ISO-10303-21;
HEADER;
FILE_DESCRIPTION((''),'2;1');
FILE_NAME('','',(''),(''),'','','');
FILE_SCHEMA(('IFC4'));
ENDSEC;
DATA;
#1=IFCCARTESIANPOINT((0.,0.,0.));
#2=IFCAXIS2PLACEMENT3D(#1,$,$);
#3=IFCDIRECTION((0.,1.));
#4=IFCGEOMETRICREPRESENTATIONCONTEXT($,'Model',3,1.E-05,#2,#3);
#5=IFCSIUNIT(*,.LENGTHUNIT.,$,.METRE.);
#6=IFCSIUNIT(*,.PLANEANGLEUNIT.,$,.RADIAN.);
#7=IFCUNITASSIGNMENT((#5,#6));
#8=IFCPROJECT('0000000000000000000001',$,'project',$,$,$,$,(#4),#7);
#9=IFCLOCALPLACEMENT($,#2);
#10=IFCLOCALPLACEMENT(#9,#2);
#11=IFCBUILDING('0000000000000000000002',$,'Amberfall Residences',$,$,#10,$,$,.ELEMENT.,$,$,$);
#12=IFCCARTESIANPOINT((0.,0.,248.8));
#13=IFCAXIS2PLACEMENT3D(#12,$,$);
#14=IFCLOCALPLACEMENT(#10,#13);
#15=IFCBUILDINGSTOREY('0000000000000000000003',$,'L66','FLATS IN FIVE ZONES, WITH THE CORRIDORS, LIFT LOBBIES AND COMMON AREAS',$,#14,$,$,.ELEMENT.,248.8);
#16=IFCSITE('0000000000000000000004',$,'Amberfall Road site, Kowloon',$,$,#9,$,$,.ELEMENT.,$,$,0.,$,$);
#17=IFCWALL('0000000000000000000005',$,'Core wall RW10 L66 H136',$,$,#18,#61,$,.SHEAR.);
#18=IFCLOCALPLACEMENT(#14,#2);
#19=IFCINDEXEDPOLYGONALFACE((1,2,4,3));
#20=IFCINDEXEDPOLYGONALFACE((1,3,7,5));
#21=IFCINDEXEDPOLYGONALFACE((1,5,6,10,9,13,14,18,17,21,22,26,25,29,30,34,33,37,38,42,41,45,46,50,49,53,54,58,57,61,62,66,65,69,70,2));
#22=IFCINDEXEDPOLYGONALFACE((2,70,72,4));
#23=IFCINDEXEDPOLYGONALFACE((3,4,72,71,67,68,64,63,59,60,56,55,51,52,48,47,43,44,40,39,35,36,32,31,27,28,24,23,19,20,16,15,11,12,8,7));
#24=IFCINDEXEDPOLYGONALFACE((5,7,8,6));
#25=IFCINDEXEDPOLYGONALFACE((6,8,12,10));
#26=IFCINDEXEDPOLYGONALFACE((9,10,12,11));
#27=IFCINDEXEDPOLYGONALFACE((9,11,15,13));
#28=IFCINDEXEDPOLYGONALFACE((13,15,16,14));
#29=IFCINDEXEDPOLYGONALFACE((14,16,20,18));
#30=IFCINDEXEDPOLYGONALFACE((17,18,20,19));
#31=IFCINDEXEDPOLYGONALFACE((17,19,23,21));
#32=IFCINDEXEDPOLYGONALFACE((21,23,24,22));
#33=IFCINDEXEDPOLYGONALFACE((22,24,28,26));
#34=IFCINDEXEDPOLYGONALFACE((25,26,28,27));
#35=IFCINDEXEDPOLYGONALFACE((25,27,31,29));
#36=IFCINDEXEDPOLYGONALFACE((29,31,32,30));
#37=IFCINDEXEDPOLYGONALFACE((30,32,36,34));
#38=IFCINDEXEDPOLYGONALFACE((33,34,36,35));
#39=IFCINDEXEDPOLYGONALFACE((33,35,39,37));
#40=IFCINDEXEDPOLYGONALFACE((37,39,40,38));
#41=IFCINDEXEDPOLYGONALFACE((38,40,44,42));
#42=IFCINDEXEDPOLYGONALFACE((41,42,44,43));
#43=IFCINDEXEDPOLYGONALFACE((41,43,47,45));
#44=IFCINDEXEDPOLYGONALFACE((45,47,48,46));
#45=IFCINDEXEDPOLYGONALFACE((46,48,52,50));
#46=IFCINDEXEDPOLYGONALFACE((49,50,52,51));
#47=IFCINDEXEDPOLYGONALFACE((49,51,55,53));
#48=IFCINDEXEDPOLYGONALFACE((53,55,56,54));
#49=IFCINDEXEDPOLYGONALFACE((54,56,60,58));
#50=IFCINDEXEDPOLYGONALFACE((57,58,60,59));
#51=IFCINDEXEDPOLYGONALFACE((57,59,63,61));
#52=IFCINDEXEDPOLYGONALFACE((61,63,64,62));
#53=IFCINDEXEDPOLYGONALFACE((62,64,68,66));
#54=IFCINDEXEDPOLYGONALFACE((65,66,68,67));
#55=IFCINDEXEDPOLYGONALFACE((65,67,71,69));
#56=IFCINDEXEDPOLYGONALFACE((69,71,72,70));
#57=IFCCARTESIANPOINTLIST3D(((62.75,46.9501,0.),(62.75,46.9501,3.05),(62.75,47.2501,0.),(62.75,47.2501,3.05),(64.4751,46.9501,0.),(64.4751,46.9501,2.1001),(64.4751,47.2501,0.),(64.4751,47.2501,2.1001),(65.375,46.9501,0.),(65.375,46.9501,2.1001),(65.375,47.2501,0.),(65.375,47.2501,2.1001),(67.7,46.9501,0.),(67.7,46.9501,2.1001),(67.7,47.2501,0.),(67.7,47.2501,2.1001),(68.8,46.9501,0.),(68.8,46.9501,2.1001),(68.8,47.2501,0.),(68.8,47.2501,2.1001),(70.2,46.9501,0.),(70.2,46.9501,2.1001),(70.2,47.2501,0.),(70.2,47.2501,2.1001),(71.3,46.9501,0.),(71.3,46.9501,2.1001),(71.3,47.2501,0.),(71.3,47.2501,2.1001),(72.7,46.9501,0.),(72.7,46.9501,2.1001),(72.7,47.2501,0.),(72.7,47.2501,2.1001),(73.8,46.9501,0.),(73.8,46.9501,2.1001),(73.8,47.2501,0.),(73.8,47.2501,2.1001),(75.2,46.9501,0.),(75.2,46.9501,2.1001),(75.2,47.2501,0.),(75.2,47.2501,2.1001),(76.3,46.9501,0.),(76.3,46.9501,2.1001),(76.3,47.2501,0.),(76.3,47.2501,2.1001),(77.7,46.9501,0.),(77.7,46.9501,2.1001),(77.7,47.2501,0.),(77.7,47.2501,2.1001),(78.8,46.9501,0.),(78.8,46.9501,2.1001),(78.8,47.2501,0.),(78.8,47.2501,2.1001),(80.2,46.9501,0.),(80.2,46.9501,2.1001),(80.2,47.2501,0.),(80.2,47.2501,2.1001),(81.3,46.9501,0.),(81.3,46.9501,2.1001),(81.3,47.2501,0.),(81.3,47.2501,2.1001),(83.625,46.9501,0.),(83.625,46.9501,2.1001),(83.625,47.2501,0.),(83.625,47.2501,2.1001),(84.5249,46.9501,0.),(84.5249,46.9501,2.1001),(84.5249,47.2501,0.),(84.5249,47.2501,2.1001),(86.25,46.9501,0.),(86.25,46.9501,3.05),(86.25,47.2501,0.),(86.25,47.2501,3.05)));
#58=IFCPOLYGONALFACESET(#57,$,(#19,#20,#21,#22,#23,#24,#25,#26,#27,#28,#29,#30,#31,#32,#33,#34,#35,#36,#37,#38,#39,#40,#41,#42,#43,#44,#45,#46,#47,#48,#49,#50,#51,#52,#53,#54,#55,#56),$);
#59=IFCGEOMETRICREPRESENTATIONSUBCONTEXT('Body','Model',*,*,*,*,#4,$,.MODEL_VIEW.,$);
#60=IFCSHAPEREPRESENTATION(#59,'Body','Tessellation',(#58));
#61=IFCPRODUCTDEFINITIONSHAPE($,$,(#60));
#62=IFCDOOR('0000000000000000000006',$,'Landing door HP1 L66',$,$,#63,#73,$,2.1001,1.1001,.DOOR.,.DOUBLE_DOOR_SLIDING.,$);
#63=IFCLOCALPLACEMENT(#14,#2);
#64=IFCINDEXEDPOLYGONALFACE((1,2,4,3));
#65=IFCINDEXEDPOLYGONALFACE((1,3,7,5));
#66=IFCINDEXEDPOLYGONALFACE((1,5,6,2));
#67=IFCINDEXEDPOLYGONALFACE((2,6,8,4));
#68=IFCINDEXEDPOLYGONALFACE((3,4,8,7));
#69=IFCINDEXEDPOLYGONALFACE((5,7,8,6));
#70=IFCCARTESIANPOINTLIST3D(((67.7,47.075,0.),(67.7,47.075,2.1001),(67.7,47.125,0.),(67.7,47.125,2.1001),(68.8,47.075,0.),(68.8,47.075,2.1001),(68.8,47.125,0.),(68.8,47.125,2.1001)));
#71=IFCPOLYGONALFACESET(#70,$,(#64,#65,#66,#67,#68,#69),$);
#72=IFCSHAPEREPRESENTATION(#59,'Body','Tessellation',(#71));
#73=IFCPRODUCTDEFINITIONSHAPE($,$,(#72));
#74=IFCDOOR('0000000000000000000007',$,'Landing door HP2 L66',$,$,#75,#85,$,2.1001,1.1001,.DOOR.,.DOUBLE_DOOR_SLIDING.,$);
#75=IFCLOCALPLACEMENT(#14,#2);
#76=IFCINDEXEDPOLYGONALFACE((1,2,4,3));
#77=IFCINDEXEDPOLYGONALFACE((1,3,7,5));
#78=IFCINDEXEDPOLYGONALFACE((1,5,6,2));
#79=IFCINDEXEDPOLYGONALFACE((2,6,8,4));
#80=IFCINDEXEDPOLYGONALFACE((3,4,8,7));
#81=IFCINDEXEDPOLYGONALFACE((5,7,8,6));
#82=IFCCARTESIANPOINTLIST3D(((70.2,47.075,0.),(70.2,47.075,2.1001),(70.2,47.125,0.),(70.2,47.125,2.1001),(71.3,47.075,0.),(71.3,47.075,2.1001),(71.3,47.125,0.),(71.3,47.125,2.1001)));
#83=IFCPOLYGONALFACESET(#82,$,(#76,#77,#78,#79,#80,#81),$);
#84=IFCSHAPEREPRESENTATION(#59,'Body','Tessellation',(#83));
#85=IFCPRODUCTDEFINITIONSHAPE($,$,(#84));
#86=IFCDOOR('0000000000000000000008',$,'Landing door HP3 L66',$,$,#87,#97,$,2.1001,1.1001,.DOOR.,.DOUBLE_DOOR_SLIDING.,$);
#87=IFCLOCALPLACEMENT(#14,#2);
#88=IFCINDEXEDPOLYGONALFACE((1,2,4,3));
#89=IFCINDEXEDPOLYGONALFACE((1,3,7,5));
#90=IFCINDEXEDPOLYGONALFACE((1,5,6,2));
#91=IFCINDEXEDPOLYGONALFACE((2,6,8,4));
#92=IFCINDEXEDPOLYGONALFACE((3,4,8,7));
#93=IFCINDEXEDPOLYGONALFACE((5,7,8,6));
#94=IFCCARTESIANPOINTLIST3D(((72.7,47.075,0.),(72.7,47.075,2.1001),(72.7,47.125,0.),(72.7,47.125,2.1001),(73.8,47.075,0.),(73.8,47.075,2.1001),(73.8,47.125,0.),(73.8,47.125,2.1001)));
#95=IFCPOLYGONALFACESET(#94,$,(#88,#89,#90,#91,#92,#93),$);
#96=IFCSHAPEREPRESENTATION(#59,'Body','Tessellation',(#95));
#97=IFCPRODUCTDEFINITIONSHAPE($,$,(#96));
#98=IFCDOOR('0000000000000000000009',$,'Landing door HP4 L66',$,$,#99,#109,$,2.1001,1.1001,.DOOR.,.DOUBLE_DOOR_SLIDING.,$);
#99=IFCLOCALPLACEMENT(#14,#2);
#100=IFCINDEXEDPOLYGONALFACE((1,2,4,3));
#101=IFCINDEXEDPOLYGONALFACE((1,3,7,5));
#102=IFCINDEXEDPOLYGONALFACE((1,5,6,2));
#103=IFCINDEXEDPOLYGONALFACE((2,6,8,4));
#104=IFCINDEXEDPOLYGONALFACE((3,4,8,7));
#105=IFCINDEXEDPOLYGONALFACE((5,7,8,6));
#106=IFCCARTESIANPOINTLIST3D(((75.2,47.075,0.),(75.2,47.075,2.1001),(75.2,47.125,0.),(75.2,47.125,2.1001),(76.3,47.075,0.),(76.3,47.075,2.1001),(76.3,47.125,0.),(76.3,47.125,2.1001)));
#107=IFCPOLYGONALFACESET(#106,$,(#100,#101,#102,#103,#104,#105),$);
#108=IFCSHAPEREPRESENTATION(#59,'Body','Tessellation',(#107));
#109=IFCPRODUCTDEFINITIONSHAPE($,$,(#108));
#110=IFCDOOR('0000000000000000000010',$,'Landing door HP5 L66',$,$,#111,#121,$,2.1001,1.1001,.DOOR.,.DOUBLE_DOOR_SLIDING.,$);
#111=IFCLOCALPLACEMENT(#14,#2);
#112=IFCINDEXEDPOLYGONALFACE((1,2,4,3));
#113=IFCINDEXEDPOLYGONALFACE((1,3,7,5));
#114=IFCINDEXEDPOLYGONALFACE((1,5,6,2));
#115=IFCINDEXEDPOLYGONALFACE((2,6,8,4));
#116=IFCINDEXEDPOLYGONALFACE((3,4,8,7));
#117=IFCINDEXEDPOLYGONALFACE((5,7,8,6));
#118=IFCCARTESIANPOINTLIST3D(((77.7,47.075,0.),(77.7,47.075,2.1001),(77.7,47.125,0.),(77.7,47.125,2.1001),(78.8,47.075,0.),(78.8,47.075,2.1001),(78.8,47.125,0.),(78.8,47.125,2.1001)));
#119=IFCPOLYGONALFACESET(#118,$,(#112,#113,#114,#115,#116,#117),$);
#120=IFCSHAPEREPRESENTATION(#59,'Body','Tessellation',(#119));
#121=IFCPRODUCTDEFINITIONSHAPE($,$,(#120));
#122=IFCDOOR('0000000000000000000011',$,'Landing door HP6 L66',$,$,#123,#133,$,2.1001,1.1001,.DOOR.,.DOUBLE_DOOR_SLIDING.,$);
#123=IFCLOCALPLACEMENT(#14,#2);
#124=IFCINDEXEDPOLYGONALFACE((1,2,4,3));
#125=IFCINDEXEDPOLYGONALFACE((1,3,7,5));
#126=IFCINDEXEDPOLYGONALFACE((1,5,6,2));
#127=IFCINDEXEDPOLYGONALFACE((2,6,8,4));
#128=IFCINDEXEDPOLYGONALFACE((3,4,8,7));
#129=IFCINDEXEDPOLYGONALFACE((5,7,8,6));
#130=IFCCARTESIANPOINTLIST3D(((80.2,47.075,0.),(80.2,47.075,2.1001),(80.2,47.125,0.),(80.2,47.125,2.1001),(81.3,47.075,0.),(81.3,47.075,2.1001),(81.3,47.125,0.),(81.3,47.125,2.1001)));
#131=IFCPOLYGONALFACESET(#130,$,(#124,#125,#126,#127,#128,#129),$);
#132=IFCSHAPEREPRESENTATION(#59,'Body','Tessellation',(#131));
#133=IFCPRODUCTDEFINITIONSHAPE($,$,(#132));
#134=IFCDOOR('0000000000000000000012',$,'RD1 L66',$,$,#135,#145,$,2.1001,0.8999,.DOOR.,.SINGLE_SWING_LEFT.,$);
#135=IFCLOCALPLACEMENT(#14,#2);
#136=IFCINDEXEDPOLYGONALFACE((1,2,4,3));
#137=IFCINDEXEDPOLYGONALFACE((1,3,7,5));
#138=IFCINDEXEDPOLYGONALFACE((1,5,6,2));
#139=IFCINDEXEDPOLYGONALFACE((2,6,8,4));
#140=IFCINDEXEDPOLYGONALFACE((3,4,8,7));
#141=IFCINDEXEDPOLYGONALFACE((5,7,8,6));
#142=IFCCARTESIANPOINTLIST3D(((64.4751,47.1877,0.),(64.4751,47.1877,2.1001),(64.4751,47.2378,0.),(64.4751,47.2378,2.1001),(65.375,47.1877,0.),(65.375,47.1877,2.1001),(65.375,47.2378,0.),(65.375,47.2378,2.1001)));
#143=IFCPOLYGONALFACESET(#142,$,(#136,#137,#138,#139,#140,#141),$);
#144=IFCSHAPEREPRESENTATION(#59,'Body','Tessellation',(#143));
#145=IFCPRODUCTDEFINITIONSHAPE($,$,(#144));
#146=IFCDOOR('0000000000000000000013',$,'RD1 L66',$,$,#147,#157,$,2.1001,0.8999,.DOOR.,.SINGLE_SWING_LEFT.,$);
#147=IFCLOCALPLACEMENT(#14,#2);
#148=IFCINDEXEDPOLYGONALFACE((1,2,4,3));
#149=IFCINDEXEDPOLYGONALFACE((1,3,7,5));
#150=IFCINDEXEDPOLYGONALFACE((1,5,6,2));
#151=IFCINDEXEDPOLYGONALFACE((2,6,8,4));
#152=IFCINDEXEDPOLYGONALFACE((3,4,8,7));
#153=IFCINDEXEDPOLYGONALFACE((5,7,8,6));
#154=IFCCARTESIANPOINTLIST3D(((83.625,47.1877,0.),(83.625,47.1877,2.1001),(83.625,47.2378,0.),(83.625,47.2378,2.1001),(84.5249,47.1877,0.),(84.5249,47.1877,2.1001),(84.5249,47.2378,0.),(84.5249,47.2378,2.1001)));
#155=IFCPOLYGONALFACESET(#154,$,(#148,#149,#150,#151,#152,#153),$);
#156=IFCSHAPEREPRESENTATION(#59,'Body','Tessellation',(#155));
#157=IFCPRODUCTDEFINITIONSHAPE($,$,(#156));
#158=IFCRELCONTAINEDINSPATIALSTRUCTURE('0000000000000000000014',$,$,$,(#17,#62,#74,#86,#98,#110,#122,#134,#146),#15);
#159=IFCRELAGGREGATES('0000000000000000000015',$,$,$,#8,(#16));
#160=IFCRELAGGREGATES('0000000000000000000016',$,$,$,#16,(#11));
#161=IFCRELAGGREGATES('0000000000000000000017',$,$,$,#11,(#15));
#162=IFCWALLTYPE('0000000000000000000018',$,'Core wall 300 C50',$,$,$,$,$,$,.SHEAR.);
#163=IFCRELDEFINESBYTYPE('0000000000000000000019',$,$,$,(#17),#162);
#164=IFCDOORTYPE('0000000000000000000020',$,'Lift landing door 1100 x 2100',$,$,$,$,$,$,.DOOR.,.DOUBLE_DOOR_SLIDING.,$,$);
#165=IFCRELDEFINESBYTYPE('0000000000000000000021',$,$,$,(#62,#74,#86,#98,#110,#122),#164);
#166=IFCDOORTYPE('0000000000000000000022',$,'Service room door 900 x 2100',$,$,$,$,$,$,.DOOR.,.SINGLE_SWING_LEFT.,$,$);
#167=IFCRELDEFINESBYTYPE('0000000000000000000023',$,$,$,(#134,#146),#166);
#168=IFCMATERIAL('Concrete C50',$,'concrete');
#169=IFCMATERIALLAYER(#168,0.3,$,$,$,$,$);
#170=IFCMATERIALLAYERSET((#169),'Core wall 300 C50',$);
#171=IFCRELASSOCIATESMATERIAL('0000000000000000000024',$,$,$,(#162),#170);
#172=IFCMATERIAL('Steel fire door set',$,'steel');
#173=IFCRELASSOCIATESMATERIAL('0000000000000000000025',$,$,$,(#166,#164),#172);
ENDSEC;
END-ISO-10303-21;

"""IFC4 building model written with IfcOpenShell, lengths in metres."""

from ifc_helpers import new_model, si_unit, direction, frame, frame_2d, origin, place, context, subcontext, project, spatial, rectangle, extrude, material, layer, layer_set, type_object, element, fill, save


model = new_model("IFC4")

# Units and contexts
model_context = context("Model", 3, precision=1e-05, world=origin(), true_north=direction((0.0, 1.0)))
body_context = subcontext(model_context, "Body", "Model", "MODEL_VIEW")
ifc_project = project(units=[si_unit("LENGTHUNIT", "METRE"), si_unit("PLANEANGLEUNIT", "RADIAN")], contexts=[model_context])

# Site, building, storey
site_placement = place(None, origin())
site = spatial("IfcSite", under=ifc_project, at=site_placement, Name="Amberfall Road site, Kowloon", CompositionType="ELEMENT", RefElevation=0.0)
building_placement = place(site_placement, origin())
building = spatial("IfcBuilding", under=site, at=building_placement, Name="Amberfall Residences", CompositionType="ELEMENT")
storey_placement = place(building_placement, frame((0.0, 0.0, 248.8)))
storey = spatial("IfcBuildingStorey", under=building, at=storey_placement, Name="L66", Description="FLATS IN FIVE ZONES, WITH THE CORRIDORS, LIFT LOBBIES AND COMMON AREAS", CompositionType="ELEMENT", Elevation=248.8)

# Wall, openings, doors
ifc_material_1 = material(Name="Concrete C50", Category="concrete")
ifc_layer_1 = layer(ifc_material_1, 0.3)
ifc_layer_set_1 = layer_set([ifc_layer_1], Name="Core wall 300 C50")
wall_type_1 = type_object("IfcWallType", Name="Core wall 300 C50", PredefinedType="SHEAR", material=ifc_layer_set_1)
ifc_material_2 = material(Name="Steel fire door set", Category="steel")
door_type_1 = type_object("IfcDoorType", Name="Service room door 900 x 2100", OperationType="SINGLE_SWING_LEFT", PredefinedType="DOOR", material=ifc_material_2)
wall_1_placement = place(storey_placement, frame((62.75, 47.1001, 0.0), z_axis=(0.0, 0.0, 1.0), x_axis=(1.0, 0.0, 0.0)))
wall_1 = element("IfcWall", 1, at=wall_1_placement, inside=storey, type_object=wall_type_1, Name="Core wall RW10 L66 H136", PredefinedType="SHEAR", context=body_context, shape_type="SweptSolid", body=[
    extrude(rectangle(XDim=23.5, YDim=0.3, at=frame_2d((11.75, 0.0))), origin(), (0.0, 0.0, 1.0), 3.05),
])
opening_1_placement = place(wall_1_placement, frame((1.7251, 0.0, 0.0)))
opening_1 = element("IfcOpeningElement", 2, at=opening_1_placement, cuts=wall_1, PredefinedType="OPENING", context=body_context, shape_type="SweptSolid", body=[
    extrude(rectangle(XDim=0.8999, YDim=2.1001, at=frame_2d((0.45, 1.05))), frame((0.0, 0.1599, 0.0), z_axis=(0.0, -1.0, 0.0), x_axis=(1.0, 0.0, 0.0)), (0.0, 0.0, 1.0), 0.3201),
])
opening_2_placement = place(wall_1_placement, frame((20.875, 0.0, 0.0)))
opening_2 = element("IfcOpeningElement", 3, at=opening_2_placement, cuts=wall_1, PredefinedType="OPENING", context=body_context, shape_type="SweptSolid", body=[
    extrude(rectangle(XDim=0.8999, YDim=2.1001, at=frame_2d((0.45, 1.05))), frame((0.0, 0.1599, 0.0), z_axis=(0.0, -1.0, 0.0), x_axis=(1.0, 0.0, 0.0)), (0.0, 0.0, 1.0), 0.3201),
])
opening_3_placement = place(wall_1_placement, frame((4.95, 0.0, 0.0)))
opening_3 = element("IfcOpeningElement", 4, at=opening_3_placement, cuts=wall_1, PredefinedType="OPENING", context=body_context, shape_type="SweptSolid", body=[
    extrude(rectangle(XDim=1.1001, YDim=2.1001, at=frame_2d((0.55, 1.05))), frame((0.0, 0.1599, 0.0), z_axis=(0.0, -1.0, 0.0), x_axis=(1.0, 0.0, 0.0)), (0.0, 0.0, 1.0), 0.3201),
])
opening_4_placement = place(wall_1_placement, frame((7.45, 0.0, 0.0)))
opening_4 = element("IfcOpeningElement", 5, at=opening_4_placement, cuts=wall_1, PredefinedType="OPENING", context=body_context, shape_type="SweptSolid", body=[
    extrude(rectangle(XDim=1.1001, YDim=2.1001, at=frame_2d((0.55, 1.05))), frame((0.0, 0.1599, 0.0), z_axis=(0.0, -1.0, 0.0), x_axis=(1.0, 0.0, 0.0)), (0.0, 0.0, 1.0), 0.3201),
])
opening_5_placement = place(wall_1_placement, frame((9.95, 0.0, 0.0)))
opening_5 = element("IfcOpeningElement", 6, at=opening_5_placement, cuts=wall_1, PredefinedType="OPENING", context=body_context, shape_type="SweptSolid", body=[
    extrude(rectangle(XDim=1.1001, YDim=2.1001, at=frame_2d((0.55, 1.05))), frame((0.0, 0.1599, 0.0), z_axis=(0.0, -1.0, 0.0), x_axis=(1.0, 0.0, 0.0)), (0.0, 0.0, 1.0), 0.3201),
])
opening_6_placement = place(wall_1_placement, frame((12.45, 0.0, 0.0)))
opening_6 = element("IfcOpeningElement", 7, at=opening_6_placement, cuts=wall_1, PredefinedType="OPENING", context=body_context, shape_type="SweptSolid", body=[
    extrude(rectangle(XDim=1.1001, YDim=2.1001, at=frame_2d((0.55, 1.05))), frame((0.0, 0.1599, 0.0), z_axis=(0.0, -1.0, 0.0), x_axis=(1.0, 0.0, 0.0)), (0.0, 0.0, 1.0), 0.3201),
])
opening_7_placement = place(wall_1_placement, frame((14.95, 0.0, 0.0)))
opening_7 = element("IfcOpeningElement", 8, at=opening_7_placement, cuts=wall_1, PredefinedType="OPENING", context=body_context, shape_type="SweptSolid", body=[
    extrude(rectangle(XDim=1.1001, YDim=2.1001, at=frame_2d((0.55, 1.05))), frame((0.0, 0.1599, 0.0), z_axis=(0.0, -1.0, 0.0), x_axis=(1.0, 0.0, 0.0)), (0.0, 0.0, 1.0), 0.3201),
])
opening_8_placement = place(wall_1_placement, frame((17.45, 0.0, 0.0)))
opening_8 = element("IfcOpeningElement", 9, at=opening_8_placement, cuts=wall_1, PredefinedType="OPENING", context=body_context, shape_type="SweptSolid", body=[
    extrude(rectangle(XDim=1.1001, YDim=2.1001, at=frame_2d((0.55, 1.05))), frame((0.0, 0.1599, 0.0), z_axis=(0.0, -1.0, 0.0), x_axis=(1.0, 0.0, 0.0)), (0.0, 0.0, 1.0), 0.3201),
])
door_type_2 = type_object("IfcDoorType", Name="Lift landing door 1100 x 2100", OperationType="DOUBLE_DOOR_SLIDING", PredefinedType="DOOR", material=ifc_material_2)
door_1_placement = place(opening_3_placement, origin())
door_1 = element("IfcDoor", 10, at=door_1_placement, inside=storey, type_object=door_type_2, Name="Landing door HP1 L66", OperationType="DOUBLE_DOOR_SLIDING", OverallHeight=2.1001, OverallWidth=1.1001, PredefinedType="DOOR", context=body_context, shape_type="SweptSolid", body=[
    extrude(rectangle(XDim=1.1001, YDim=2.1001, at=frame_2d((0.55, 1.05))), frame((0.0, 0.0249, 0.0), z_axis=(0.0, -1.0, 0.0), x_axis=(1.0, 0.0, 0.0)), (0.0, 0.0, 1.0), 0.05),
])
fill(opening_3, door_1)
door_2_placement = place(opening_4_placement, origin())
door_2 = element("IfcDoor", 11, at=door_2_placement, inside=storey, type_object=door_type_2, Name="Landing door HP2 L66", OperationType="DOUBLE_DOOR_SLIDING", OverallHeight=2.1001, OverallWidth=1.1001, PredefinedType="DOOR", context=body_context, shape_type="SweptSolid", body=[
    extrude(rectangle(XDim=1.1001, YDim=2.1001, at=frame_2d((0.55, 1.05))), frame((0.0, 0.0249, 0.0), z_axis=(0.0, -1.0, 0.0), x_axis=(1.0, 0.0, 0.0)), (0.0, 0.0, 1.0), 0.05),
])
fill(opening_4, door_2)
door_3_placement = place(opening_5_placement, origin())
door_3 = element("IfcDoor", 12, at=door_3_placement, inside=storey, type_object=door_type_2, Name="Landing door HP3 L66", OperationType="DOUBLE_DOOR_SLIDING", OverallHeight=2.1001, OverallWidth=1.1001, PredefinedType="DOOR", context=body_context, shape_type="SweptSolid", body=[
    extrude(rectangle(XDim=1.1001, YDim=2.1001, at=frame_2d((0.55, 1.05))), frame((0.0, 0.0249, 0.0), z_axis=(0.0, -1.0, 0.0), x_axis=(1.0, 0.0, 0.0)), (0.0, 0.0, 1.0), 0.05),
])
fill(opening_5, door_3)
door_4_placement = place(opening_6_placement, origin())
door_4 = element("IfcDoor", 13, at=door_4_placement, inside=storey, type_object=door_type_2, Name="Landing door HP4 L66", OperationType="DOUBLE_DOOR_SLIDING", OverallHeight=2.1001, OverallWidth=1.1001, PredefinedType="DOOR", context=body_context, shape_type="SweptSolid", body=[
    extrude(rectangle(XDim=1.1001, YDim=2.1001, at=frame_2d((0.55, 1.05))), frame((0.0, 0.0249, 0.0), z_axis=(0.0, -1.0, 0.0), x_axis=(1.0, 0.0, 0.0)), (0.0, 0.0, 1.0), 0.05),
])
fill(opening_6, door_4)
door_5_placement = place(opening_7_placement, origin())
door_5 = element("IfcDoor", 14, at=door_5_placement, inside=storey, type_object=door_type_2, Name="Landing door HP5 L66", OperationType="DOUBLE_DOOR_SLIDING", OverallHeight=2.1001, OverallWidth=1.1001, PredefinedType="DOOR", context=body_context, shape_type="SweptSolid", body=[
    extrude(rectangle(XDim=1.1001, YDim=2.1001, at=frame_2d((0.55, 1.05))), frame((0.0, 0.0249, 0.0), z_axis=(0.0, -1.0, 0.0), x_axis=(1.0, 0.0, 0.0)), (0.0, 0.0, 1.0), 0.05),
])
fill(opening_7, door_5)
door_6_placement = place(opening_8_placement, origin())
door_6 = element("IfcDoor", 15, at=door_6_placement, inside=storey, type_object=door_type_2, Name="Landing door HP6 L66", OperationType="DOUBLE_DOOR_SLIDING", OverallHeight=2.1001, OverallWidth=1.1001, PredefinedType="DOOR", context=body_context, shape_type="SweptSolid", body=[
    extrude(rectangle(XDim=1.1001, YDim=2.1001, at=frame_2d((0.55, 1.05))), frame((0.0, 0.0249, 0.0), z_axis=(0.0, -1.0, 0.0), x_axis=(1.0, 0.0, 0.0)), (0.0, 0.0, 1.0), 0.05),
])
fill(opening_8, door_6)
door_7_placement = place(opening_1_placement, origin())
door_7 = element("IfcDoor", 16, at=door_7_placement, inside=storey, type_object=door_type_1, Name="RD1 L66", OperationType="SINGLE_SWING_LEFT", OverallHeight=2.1001, OverallWidth=0.8999, PredefinedType="DOOR", context=body_context, shape_type="SweptSolid", body=[
    extrude(rectangle(XDim=0.8999, YDim=2.1001, at=frame_2d((0.45, 1.05))), frame((0.0, 0.1377, 0.0), z_axis=(0.0, -1.0, 0.0), x_axis=(1.0, 0.0, 0.0)), (0.0, 0.0, 1.0), 0.05),
])
fill(opening_1, door_7)
door_8_placement = place(opening_2_placement, origin())
door_8 = element("IfcDoor", 17, at=door_8_placement, inside=storey, type_object=door_type_1, Name="RD1 L66", OperationType="SINGLE_SWING_LEFT", OverallHeight=2.1001, OverallWidth=0.8999, PredefinedType="DOOR", context=body_context, shape_type="SweptSolid", body=[
    extrude(rectangle(XDim=0.8999, YDim=2.1001, at=frame_2d((0.45, 1.05))), frame((0.0, 0.1377, 0.0), z_axis=(0.0, -1.0, 0.0), x_axis=(1.0, 0.0, 0.0)), (0.0, 0.0, 1.0), 0.05),
])
fill(opening_2, door_8)

save(model, "model.ifc")
